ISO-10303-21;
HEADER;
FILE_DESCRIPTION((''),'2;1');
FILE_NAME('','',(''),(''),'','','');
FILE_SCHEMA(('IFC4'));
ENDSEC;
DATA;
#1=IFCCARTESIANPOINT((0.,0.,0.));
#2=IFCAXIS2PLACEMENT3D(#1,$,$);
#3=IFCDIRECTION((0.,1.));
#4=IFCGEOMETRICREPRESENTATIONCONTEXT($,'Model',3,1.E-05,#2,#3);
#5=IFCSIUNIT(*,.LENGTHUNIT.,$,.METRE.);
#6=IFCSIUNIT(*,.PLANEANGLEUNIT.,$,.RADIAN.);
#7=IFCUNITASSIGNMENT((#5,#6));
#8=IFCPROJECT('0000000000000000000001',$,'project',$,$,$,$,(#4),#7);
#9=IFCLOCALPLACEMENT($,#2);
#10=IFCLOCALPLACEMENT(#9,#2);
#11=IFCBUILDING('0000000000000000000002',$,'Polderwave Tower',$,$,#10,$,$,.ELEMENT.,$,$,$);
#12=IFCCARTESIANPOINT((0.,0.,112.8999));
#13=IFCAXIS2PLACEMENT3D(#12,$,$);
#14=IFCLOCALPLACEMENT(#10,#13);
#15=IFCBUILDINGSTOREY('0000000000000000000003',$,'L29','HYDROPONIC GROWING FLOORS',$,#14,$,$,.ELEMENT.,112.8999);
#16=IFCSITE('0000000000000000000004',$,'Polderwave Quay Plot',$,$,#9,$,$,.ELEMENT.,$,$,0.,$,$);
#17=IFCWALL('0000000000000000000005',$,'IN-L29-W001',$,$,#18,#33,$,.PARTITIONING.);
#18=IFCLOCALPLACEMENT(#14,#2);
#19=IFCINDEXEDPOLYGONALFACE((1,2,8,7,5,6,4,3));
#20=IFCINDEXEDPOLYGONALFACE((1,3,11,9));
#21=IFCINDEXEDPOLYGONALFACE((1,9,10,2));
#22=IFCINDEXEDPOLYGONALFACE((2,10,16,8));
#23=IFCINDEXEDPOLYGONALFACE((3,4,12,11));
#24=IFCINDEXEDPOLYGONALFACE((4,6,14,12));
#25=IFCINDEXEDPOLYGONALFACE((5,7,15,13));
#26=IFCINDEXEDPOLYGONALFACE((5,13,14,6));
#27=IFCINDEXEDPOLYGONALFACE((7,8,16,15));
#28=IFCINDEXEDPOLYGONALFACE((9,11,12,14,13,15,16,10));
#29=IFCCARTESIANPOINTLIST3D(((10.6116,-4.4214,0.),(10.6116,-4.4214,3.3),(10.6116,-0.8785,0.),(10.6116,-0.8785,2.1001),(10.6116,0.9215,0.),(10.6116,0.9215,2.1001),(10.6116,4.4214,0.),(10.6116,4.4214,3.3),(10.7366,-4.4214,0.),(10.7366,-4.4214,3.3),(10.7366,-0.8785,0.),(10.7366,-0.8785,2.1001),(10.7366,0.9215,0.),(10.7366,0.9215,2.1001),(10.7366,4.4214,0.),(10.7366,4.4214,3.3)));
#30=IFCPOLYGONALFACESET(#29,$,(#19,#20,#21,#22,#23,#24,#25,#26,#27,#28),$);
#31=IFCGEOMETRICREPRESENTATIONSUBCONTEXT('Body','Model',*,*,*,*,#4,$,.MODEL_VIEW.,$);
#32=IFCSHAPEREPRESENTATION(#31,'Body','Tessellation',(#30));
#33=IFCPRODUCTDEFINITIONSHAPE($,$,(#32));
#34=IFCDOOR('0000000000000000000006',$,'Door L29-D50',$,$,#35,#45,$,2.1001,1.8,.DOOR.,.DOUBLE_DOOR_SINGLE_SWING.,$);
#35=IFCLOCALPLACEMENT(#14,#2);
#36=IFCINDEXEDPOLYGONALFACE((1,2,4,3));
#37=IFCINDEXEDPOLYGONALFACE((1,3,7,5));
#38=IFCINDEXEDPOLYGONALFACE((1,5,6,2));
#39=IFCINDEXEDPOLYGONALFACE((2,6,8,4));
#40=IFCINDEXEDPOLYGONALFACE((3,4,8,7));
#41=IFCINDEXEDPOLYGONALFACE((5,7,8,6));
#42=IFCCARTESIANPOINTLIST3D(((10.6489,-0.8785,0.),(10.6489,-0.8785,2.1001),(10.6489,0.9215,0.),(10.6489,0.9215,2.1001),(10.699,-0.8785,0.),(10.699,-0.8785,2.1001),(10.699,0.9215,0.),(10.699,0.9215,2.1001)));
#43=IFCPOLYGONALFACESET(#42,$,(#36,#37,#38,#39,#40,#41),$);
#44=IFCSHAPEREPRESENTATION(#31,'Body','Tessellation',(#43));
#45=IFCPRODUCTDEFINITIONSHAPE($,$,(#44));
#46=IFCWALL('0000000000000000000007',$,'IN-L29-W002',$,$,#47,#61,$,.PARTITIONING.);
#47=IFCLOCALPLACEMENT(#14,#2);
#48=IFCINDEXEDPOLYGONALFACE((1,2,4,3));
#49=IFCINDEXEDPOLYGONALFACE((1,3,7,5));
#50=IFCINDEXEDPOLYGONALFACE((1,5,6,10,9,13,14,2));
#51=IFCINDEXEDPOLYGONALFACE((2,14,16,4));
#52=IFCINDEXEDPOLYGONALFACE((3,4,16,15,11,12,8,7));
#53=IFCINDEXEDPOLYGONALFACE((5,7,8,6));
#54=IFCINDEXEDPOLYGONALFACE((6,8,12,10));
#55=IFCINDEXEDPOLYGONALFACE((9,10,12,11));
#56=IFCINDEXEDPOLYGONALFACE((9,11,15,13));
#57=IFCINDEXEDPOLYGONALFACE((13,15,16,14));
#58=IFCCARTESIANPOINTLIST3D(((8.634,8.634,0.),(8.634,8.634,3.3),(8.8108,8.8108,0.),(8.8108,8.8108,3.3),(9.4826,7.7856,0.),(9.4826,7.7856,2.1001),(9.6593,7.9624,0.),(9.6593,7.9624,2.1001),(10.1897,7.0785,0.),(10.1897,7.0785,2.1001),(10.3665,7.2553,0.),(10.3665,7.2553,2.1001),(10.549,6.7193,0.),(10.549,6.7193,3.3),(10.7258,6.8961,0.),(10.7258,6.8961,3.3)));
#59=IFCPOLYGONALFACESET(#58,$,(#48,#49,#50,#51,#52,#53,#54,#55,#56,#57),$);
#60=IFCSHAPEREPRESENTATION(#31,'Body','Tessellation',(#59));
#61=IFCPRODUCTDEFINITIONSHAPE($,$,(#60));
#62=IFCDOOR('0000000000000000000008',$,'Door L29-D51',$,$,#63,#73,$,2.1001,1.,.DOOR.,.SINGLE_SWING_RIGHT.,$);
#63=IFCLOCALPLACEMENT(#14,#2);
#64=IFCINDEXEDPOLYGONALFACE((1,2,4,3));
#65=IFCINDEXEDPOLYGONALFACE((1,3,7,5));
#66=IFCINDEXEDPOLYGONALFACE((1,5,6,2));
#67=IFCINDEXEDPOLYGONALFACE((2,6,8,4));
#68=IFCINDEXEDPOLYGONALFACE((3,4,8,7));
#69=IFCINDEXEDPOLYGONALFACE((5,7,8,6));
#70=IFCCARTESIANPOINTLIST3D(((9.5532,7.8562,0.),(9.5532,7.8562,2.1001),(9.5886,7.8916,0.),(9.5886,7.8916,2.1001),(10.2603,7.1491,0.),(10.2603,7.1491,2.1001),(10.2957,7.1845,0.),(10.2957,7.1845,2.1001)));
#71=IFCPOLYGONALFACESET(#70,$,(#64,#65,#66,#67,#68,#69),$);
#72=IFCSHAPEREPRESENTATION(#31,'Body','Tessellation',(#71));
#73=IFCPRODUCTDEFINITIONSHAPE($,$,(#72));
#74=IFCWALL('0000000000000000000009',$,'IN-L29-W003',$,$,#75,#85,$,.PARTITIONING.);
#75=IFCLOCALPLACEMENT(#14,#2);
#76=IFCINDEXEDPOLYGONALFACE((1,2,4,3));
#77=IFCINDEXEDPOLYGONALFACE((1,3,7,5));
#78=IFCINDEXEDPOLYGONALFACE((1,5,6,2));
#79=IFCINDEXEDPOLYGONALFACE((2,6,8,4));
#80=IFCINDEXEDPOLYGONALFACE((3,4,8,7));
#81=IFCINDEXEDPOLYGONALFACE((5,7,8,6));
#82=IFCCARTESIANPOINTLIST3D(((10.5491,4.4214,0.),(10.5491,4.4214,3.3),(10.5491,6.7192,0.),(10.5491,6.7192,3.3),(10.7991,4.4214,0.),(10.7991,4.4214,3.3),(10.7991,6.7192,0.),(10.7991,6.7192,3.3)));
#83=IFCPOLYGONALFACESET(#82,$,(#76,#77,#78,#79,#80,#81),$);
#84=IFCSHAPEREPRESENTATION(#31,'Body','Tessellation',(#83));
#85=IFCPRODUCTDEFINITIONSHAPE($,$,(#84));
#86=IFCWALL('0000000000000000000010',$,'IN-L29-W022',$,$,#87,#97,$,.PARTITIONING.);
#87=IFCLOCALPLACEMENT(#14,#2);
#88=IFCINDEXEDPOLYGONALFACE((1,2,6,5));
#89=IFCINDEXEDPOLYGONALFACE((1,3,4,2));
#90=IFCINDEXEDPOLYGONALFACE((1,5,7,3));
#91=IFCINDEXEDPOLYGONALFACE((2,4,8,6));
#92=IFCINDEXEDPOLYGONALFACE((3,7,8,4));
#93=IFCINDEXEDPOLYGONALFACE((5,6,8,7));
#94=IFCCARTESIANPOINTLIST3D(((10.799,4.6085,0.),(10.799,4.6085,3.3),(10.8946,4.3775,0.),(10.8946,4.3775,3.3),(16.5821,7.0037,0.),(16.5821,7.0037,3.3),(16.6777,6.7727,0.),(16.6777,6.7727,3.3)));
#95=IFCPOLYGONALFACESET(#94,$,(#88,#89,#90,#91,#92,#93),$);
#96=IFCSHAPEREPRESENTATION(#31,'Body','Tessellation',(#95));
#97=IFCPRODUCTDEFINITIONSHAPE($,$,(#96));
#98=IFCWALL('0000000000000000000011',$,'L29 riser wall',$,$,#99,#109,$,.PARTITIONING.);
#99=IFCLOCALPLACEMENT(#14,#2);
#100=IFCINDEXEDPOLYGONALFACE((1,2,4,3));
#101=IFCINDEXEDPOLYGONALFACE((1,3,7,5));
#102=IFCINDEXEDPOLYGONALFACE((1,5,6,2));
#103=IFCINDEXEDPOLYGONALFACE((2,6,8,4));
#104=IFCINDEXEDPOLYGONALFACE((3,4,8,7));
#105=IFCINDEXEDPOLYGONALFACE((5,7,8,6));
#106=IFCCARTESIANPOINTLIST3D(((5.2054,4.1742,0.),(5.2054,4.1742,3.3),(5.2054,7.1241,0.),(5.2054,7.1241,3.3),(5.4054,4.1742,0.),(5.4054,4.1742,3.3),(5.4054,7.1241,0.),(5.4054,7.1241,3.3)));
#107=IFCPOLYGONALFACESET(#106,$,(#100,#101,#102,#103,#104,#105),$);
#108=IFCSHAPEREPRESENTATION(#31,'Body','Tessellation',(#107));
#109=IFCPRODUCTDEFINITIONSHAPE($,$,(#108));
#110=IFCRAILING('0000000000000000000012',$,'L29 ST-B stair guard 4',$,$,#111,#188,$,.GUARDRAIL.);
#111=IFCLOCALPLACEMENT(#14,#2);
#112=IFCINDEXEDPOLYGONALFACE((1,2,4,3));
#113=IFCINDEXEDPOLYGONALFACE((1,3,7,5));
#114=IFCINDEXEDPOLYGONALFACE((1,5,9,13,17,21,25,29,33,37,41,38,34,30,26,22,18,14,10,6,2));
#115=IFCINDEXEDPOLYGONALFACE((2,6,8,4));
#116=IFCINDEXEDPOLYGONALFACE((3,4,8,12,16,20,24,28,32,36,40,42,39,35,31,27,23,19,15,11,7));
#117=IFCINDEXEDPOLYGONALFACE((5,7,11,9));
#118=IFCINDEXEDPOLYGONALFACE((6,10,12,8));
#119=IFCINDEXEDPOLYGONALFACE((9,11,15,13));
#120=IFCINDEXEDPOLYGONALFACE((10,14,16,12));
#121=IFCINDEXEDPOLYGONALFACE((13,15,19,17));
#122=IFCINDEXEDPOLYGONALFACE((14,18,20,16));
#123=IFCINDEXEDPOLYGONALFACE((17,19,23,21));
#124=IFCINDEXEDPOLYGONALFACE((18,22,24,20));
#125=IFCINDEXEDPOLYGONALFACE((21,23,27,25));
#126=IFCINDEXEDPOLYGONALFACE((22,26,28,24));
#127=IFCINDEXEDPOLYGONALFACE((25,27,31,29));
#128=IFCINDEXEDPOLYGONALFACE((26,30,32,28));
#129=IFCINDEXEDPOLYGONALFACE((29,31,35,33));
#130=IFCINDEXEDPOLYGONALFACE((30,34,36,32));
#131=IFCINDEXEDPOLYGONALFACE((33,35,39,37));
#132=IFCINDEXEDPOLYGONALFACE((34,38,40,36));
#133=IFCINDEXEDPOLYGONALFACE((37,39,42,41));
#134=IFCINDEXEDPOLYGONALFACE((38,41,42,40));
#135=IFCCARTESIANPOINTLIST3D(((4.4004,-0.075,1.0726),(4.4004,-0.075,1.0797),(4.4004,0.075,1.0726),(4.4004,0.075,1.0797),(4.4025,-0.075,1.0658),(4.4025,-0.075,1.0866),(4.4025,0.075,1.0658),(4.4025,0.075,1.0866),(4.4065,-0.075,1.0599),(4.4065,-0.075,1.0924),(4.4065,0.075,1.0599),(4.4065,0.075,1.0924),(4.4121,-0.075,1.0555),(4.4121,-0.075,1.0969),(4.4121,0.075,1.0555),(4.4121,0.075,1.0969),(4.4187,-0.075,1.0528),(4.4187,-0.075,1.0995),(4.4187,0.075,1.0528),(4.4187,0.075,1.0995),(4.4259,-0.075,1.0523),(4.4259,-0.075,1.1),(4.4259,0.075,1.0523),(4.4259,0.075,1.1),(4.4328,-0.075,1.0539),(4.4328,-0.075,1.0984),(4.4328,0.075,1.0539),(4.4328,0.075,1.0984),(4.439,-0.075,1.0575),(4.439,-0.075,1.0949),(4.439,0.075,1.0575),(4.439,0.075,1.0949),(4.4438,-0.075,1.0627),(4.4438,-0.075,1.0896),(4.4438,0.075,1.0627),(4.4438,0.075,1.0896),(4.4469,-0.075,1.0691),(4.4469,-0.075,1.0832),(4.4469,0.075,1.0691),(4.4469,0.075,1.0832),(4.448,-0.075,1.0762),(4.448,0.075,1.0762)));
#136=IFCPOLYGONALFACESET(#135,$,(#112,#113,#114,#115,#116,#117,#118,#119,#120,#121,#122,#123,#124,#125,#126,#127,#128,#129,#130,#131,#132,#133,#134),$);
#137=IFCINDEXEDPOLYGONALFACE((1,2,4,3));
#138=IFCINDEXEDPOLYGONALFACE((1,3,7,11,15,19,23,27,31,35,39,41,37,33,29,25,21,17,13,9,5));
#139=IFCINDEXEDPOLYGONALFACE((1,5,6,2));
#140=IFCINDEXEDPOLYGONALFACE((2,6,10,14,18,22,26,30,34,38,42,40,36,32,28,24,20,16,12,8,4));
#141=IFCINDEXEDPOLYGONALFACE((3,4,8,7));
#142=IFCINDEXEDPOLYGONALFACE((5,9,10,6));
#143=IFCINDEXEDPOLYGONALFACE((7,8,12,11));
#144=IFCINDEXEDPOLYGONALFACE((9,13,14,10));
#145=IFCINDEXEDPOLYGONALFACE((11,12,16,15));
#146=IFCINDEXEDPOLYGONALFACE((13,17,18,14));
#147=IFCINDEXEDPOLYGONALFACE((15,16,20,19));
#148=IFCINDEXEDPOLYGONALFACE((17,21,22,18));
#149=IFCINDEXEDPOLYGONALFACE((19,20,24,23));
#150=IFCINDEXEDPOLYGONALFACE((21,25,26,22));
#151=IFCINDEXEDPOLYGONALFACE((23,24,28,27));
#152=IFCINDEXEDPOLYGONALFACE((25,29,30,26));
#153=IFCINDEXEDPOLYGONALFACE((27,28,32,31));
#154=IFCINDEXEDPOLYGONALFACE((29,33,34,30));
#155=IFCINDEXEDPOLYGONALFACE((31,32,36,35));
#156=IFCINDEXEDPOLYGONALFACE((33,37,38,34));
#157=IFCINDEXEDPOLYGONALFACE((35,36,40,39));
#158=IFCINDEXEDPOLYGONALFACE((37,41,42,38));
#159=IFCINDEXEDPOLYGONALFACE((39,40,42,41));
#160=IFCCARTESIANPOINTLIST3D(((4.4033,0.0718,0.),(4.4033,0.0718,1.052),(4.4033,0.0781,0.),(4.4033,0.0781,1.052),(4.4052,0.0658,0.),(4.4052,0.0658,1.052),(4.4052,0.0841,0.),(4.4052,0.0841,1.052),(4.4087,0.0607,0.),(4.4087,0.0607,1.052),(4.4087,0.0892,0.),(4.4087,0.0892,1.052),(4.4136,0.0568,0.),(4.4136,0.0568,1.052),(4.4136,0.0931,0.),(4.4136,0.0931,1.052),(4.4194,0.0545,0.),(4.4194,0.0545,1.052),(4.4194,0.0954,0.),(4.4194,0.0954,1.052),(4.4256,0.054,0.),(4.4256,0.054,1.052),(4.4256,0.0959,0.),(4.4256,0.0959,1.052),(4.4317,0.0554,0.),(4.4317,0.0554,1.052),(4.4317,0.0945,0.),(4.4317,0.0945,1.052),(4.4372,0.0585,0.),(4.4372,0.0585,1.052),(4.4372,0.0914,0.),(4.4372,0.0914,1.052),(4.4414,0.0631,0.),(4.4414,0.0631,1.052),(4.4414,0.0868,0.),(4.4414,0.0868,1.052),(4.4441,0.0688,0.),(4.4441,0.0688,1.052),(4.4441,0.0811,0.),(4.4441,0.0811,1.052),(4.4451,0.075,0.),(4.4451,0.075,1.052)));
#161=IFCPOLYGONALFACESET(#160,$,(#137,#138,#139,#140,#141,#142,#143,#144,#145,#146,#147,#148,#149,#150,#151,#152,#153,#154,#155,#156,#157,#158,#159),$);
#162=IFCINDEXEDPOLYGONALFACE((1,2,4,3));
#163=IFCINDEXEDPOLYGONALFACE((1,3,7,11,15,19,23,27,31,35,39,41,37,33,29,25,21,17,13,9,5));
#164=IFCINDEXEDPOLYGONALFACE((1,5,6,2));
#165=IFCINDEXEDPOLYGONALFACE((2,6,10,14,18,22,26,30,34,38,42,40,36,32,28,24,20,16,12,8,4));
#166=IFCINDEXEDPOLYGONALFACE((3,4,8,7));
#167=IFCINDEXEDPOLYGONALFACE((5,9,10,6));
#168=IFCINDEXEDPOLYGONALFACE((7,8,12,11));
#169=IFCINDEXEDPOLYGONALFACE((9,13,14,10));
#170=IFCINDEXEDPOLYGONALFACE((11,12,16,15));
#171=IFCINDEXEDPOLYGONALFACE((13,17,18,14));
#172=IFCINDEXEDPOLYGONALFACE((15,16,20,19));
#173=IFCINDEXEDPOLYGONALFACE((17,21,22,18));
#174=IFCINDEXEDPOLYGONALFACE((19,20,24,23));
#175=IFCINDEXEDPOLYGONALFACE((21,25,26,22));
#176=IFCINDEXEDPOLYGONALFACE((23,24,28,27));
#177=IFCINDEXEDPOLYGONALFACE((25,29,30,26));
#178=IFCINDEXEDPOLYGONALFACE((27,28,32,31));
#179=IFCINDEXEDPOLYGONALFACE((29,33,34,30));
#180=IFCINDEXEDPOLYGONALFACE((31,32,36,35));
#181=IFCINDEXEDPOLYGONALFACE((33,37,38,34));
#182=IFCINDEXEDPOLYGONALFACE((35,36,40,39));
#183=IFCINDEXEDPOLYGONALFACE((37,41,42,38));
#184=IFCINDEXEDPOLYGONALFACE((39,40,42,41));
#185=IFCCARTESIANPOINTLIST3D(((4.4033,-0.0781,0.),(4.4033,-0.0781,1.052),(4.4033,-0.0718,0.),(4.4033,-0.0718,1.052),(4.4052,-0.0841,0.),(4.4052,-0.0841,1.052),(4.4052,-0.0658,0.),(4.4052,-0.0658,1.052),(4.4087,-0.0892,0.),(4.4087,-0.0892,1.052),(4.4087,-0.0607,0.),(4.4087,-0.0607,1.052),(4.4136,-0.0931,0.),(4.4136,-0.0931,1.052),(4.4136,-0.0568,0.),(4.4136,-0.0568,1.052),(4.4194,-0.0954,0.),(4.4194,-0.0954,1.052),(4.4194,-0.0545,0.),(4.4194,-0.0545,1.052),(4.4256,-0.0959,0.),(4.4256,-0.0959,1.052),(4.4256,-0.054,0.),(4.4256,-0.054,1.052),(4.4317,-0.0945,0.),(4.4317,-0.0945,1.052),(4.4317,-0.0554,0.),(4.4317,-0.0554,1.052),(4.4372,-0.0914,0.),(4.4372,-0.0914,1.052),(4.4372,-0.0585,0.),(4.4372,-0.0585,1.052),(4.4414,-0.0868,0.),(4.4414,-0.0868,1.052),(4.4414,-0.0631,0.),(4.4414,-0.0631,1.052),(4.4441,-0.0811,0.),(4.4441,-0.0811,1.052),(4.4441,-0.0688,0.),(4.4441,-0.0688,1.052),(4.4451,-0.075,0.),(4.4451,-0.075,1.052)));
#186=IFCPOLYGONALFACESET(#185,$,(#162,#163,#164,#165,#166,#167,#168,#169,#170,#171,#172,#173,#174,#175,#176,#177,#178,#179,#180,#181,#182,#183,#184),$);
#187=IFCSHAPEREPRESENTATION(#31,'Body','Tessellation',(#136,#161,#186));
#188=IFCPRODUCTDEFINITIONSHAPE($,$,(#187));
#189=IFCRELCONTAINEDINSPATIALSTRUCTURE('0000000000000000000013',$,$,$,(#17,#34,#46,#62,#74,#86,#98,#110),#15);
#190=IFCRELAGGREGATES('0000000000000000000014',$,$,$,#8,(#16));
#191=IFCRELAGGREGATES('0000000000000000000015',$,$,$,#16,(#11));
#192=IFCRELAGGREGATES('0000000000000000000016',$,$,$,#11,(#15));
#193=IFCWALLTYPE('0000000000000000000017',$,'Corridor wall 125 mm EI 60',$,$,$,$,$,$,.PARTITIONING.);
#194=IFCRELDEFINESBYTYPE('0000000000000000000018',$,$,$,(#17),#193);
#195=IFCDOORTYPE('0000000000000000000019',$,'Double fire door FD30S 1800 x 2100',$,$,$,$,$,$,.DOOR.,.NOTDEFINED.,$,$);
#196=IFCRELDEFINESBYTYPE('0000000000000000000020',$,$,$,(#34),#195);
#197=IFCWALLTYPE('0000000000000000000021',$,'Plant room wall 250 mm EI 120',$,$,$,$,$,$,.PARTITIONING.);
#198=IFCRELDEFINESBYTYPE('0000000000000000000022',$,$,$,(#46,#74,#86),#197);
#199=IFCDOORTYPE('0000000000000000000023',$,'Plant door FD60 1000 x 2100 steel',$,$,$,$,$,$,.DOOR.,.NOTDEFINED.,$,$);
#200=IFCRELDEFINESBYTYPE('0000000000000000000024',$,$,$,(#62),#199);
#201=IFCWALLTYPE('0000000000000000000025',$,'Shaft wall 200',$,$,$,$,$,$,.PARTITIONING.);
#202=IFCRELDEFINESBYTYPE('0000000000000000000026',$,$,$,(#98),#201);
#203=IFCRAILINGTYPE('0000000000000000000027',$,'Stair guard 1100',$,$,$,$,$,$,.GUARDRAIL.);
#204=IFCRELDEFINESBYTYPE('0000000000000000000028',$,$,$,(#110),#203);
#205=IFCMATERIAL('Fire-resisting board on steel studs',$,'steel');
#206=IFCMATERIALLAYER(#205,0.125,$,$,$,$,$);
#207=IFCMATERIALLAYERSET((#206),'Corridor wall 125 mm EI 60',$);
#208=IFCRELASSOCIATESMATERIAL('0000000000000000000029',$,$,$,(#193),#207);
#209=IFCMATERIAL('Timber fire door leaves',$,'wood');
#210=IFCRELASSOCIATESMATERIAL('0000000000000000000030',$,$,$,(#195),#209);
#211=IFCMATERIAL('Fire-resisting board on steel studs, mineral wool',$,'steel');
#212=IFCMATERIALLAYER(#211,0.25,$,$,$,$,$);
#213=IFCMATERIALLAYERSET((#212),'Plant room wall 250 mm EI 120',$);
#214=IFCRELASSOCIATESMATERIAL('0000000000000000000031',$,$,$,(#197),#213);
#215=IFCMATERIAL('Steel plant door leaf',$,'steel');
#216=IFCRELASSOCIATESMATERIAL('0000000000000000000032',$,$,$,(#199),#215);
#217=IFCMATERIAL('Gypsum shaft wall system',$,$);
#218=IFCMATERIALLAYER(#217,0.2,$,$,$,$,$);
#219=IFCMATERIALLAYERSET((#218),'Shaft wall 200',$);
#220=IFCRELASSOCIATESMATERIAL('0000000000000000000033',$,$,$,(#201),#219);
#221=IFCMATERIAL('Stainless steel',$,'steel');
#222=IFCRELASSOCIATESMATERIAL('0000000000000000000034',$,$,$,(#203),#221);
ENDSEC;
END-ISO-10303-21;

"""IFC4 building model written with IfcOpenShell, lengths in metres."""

from ifc_helpers import new_model, si_unit, direction, frame, frame_2d, origin, origin_2d, place, context, subcontext, project, spatial, rectangle, circle, extrude, material, layer, layer_set, type_object, element, fill, save


model = new_model("IFC4")

# Units and contexts
model_context = context("Model", 3, precision=1e-05, world=origin(), true_north=direction((0.0, 1.0)))
body_context = subcontext(model_context, "Body", "Model", "MODEL_VIEW")
ifc_project = project(units=[si_unit("LENGTHUNIT", "METRE"), si_unit("PLANEANGLEUNIT", "RADIAN")], contexts=[model_context])

# Site, building, storey
site_placement = place(None, origin())
site = spatial("IfcSite", under=ifc_project, at=site_placement, Name="Polderwave Quay Plot", CompositionType="ELEMENT", RefElevation=0.0)
building_placement = place(site_placement, origin())
building = spatial("IfcBuilding", under=site, at=building_placement, Name="Polderwave Tower", CompositionType="ELEMENT")
storey_placement = place(building_placement, frame((0.0, 0.0, 112.8999)))
storey = spatial("IfcBuildingStorey", under=building, at=storey_placement, Name="L29", Description="HYDROPONIC GROWING FLOORS", CompositionType="ELEMENT", Elevation=112.8999)

# Walls, openings, doors
ifc_material_1 = material(Name="Fire-resisting board on steel studs", Category="steel")
ifc_layer_1 = layer(ifc_material_1, 0.125)
ifc_layer_set_1 = layer_set([ifc_layer_1], Name="Corridor wall 125 mm EI 60")
wall_type_1 = type_object("IfcWallType", Name="Corridor wall 125 mm EI 60", PredefinedType="PARTITIONING", material=ifc_layer_set_1)
wall_1_placement = place(storey_placement, frame((10.6741, 4.4214, 0.0), z_axis=(0.0, 0.0, 1.0), x_axis=(0.0, -1.0, 0.0)))
wall_1 = element("IfcWall", 1, at=wall_1_placement, inside=storey, type_object=wall_type_1, Name="IN-L29-W001", PredefinedType="PARTITIONING", context=body_context, shape_type="SweptSolid", body=[
    extrude(rectangle(XDim=8.8428, YDim=0.125, at=frame_2d((4.4214, 0.0))), origin(), (0.0, 0.0, 1.0), 3.3),
])
opening_1_placement = place(wall_1_placement, frame((3.5, 0.0, 0.0)))
opening_1 = element("IfcOpeningElement", 2, at=opening_1_placement, cuts=wall_1, PredefinedType="OPENING", context=body_context, shape_type="SweptSolid", body=[
    extrude(rectangle(XDim=1.8, YDim=2.1001, at=frame_2d((0.8999, 1.05))), frame((0.0, 0.0725, 0.0), z_axis=(0.0, -1.0, 0.0), x_axis=(1.0, 0.0, 0.0)), (0.0, 0.0, 1.0), 0.145),
])
ifc_material_2 = material(Name="Timber fire door leaves", Category="wood")
door_type_1 = type_object("IfcDoorType", Name="Double fire door FD30S 1800 x 2100", OperationType="NOTDEFINED", PredefinedType="DOOR", material=ifc_material_2)
door_1_placement = place(opening_1_placement, origin())
door_1 = element("IfcDoor", 3, at=door_1_placement, inside=storey, type_object=door_type_1, Name="Door L29-D50", OperationType="DOUBLE_DOOR_SINGLE_SWING", OverallHeight=2.1001, OverallWidth=1.8, PredefinedType="DOOR", context=body_context, shape_type="SweptSolid", body=[
    extrude(rectangle(XDim=1.8, YDim=2.1001, at=frame_2d((0.8999, 1.05))), frame((0.0, 0.0249, 0.0), z_axis=(0.0, -1.0, 0.0), x_axis=(1.0, 0.0, 0.0)), (0.0, 0.0, 1.0), 0.05),
])
fill(opening_1, door_1)
ifc_material_3 = material(Name="Fire-resisting board on steel studs, mineral wool", Category="steel")
ifc_layer_2 = layer(ifc_material_3, 0.25)
ifc_layer_set_2 = layer_set([ifc_layer_2], Name="Plant room wall 250 mm EI 120")
wall_type_2 = type_object("IfcWallType", Name="Plant room wall 250 mm EI 120", PredefinedType="PARTITIONING", material=ifc_layer_set_2)
wall_2_placement = place(storey_placement, frame((8.7224, 8.7224, 0.0), z_axis=(0.0, 0.0, 1.0), x_axis=(0.707152, -0.707062, 0.0)))
wall_2 = element("IfcWall", 4, at=wall_2_placement, inside=storey, type_object=wall_type_2, Name="IN-L29-W002", PredefinedType="PARTITIONING", context=body_context, shape_type="SweptSolid", body=[
    extrude(rectangle(XDim=2.708, YDim=0.25, at=frame_2d((1.354, 0.0))), origin(), (0.0, 0.0, 1.0), 3.3),
])
opening_2_placement = place(wall_2_placement, frame((1.2, 0.0, 0.0)))
opening_2 = element("IfcOpeningElement", 5, at=opening_2_placement, cuts=wall_2, PredefinedType="OPENING", context=body_context, shape_type="SweptSolid", body=[
    extrude(rectangle(XDim=1.0, YDim=2.1001, at=frame_2d((0.5, 1.05))), frame((0.0, 0.135, 0.0), z_axis=(0.0, -1.0, 0.0), x_axis=(1.0, 0.0, 0.0)), (0.0, 0.0, 1.0), 0.27),
])
ifc_material_4 = material(Name="Steel plant door leaf", Category="steel")
door_type_2 = type_object("IfcDoorType", Name="Plant door FD60 1000 x 2100 steel", OperationType="NOTDEFINED", PredefinedType="DOOR", material=ifc_material_4)
door_2_placement = place(opening_2_placement, origin())
door_2 = element("IfcDoor", 6, at=door_2_placement, inside=storey, type_object=door_type_2, Name="Door L29-D51", OperationType="SINGLE_SWING_RIGHT", OverallHeight=2.1001, OverallWidth=1.0, PredefinedType="DOOR", context=body_context, shape_type="SweptSolid", body=[
    extrude(rectangle(XDim=1.0, YDim=2.1001, at=frame_2d((0.5, 1.05))), frame((0.0, 0.0249, 0.0), z_axis=(0.0, -1.0, 0.0), x_axis=(1.0, 0.0, 0.0)), (0.0, 0.0, 1.0), 0.05),
])
fill(opening_2, door_2)

# Walls
wall_3_placement = place(storey_placement, frame((10.6741, 6.7192, 0.0), z_axis=(0.0, 0.0, 1.0), x_axis=(0.0, -1.0, 0.0)))
element("IfcWall", 7, at=wall_3_placement, inside=storey, type_object=wall_type_2, Name="IN-L29-W003", PredefinedType="PARTITIONING", context=body_context, shape_type="SweptSolid", body=[
    extrude(rectangle(XDim=2.2979, YDim=0.25, at=frame_2d((1.1489, 0.0))), origin(), (0.0, 0.0, 1.0), 3.3),
])
wall_4_placement = place(storey_placement, frame((10.8467, 4.4929, 0.0), z_axis=(0.0, 0.0, 1.0), x_axis=(0.923892, 0.382654, 0.0)))
element("IfcWall", 8, at=wall_4_placement, inside=storey, type_object=wall_type_2, Name="IN-L29-W022", PredefinedType="PARTITIONING", context=body_context, shape_type="SweptSolid", body=[
    extrude(rectangle(XDim=6.2595, YDim=0.25, at=frame_2d((3.1299, 0.0))), origin(), (0.0, 0.0, 1.0), 3.3),
])
ifc_material_5 = material(Name="Gypsum shaft wall system")
ifc_layer_3 = layer(ifc_material_5, 0.2)
ifc_layer_set_3 = layer_set([ifc_layer_3], Name="Shaft wall 200")
wall_type_3 = type_object("IfcWallType", Name="Shaft wall 200", PredefinedType="PARTITIONING", material=ifc_layer_set_3)
wall_5_placement = place(storey_placement, frame((5.3054, 4.1741, 0.0), z_axis=(0.0, 0.0, 1.0), x_axis=(0.0, 1.0, 0.0)))
element("IfcWall", 9, at=wall_5_placement, inside=storey, type_object=wall_type_3, Name="L29 riser wall", PredefinedType="PARTITIONING", context=body_context, shape_type="SweptSolid", body=[
    extrude(rectangle(XDim=2.95, YDim=0.2, at=frame_2d((1.4751, 0.0))), origin(), (0.0, 0.0, 1.0), 3.3),
])

# Railing
ifc_material_6 = material(Name="Stainless steel", Category="steel")
railing_type = type_object("IfcRailingType", Name="Stair guard 1100", PredefinedType="GUARDRAIL", material=ifc_material_6)
railing_placement = place(storey_placement, frame((4.4241, 0.075, 0.0)))
element("IfcRailing", 10, at=railing_placement, inside=storey, type_object=railing_type, Name="L29 ST-B stair guard 4", PredefinedType="GUARDRAIL", context=body_context, shape_type="SweptSolid", body=[
    extrude(circle(Radius=0.0239, at=origin_2d()), frame((0.0, 0.0, 1.0762), z_axis=(0.0, -1.0, 0.0), x_axis=(1.0, 0.0, 0.0)), (0.0, 0.0, 1.0), 0.1499),
    extrude(circle(Radius=0.021, at=origin_2d()), origin(), (0.0, 0.0, 1.0), 1.052),
    extrude(circle(Radius=0.021, at=origin_2d()), frame((0.0, -0.1499, 0.0)), (0.0, 0.0, 1.0), 1.052),
])

save(model, "model.ifc")
